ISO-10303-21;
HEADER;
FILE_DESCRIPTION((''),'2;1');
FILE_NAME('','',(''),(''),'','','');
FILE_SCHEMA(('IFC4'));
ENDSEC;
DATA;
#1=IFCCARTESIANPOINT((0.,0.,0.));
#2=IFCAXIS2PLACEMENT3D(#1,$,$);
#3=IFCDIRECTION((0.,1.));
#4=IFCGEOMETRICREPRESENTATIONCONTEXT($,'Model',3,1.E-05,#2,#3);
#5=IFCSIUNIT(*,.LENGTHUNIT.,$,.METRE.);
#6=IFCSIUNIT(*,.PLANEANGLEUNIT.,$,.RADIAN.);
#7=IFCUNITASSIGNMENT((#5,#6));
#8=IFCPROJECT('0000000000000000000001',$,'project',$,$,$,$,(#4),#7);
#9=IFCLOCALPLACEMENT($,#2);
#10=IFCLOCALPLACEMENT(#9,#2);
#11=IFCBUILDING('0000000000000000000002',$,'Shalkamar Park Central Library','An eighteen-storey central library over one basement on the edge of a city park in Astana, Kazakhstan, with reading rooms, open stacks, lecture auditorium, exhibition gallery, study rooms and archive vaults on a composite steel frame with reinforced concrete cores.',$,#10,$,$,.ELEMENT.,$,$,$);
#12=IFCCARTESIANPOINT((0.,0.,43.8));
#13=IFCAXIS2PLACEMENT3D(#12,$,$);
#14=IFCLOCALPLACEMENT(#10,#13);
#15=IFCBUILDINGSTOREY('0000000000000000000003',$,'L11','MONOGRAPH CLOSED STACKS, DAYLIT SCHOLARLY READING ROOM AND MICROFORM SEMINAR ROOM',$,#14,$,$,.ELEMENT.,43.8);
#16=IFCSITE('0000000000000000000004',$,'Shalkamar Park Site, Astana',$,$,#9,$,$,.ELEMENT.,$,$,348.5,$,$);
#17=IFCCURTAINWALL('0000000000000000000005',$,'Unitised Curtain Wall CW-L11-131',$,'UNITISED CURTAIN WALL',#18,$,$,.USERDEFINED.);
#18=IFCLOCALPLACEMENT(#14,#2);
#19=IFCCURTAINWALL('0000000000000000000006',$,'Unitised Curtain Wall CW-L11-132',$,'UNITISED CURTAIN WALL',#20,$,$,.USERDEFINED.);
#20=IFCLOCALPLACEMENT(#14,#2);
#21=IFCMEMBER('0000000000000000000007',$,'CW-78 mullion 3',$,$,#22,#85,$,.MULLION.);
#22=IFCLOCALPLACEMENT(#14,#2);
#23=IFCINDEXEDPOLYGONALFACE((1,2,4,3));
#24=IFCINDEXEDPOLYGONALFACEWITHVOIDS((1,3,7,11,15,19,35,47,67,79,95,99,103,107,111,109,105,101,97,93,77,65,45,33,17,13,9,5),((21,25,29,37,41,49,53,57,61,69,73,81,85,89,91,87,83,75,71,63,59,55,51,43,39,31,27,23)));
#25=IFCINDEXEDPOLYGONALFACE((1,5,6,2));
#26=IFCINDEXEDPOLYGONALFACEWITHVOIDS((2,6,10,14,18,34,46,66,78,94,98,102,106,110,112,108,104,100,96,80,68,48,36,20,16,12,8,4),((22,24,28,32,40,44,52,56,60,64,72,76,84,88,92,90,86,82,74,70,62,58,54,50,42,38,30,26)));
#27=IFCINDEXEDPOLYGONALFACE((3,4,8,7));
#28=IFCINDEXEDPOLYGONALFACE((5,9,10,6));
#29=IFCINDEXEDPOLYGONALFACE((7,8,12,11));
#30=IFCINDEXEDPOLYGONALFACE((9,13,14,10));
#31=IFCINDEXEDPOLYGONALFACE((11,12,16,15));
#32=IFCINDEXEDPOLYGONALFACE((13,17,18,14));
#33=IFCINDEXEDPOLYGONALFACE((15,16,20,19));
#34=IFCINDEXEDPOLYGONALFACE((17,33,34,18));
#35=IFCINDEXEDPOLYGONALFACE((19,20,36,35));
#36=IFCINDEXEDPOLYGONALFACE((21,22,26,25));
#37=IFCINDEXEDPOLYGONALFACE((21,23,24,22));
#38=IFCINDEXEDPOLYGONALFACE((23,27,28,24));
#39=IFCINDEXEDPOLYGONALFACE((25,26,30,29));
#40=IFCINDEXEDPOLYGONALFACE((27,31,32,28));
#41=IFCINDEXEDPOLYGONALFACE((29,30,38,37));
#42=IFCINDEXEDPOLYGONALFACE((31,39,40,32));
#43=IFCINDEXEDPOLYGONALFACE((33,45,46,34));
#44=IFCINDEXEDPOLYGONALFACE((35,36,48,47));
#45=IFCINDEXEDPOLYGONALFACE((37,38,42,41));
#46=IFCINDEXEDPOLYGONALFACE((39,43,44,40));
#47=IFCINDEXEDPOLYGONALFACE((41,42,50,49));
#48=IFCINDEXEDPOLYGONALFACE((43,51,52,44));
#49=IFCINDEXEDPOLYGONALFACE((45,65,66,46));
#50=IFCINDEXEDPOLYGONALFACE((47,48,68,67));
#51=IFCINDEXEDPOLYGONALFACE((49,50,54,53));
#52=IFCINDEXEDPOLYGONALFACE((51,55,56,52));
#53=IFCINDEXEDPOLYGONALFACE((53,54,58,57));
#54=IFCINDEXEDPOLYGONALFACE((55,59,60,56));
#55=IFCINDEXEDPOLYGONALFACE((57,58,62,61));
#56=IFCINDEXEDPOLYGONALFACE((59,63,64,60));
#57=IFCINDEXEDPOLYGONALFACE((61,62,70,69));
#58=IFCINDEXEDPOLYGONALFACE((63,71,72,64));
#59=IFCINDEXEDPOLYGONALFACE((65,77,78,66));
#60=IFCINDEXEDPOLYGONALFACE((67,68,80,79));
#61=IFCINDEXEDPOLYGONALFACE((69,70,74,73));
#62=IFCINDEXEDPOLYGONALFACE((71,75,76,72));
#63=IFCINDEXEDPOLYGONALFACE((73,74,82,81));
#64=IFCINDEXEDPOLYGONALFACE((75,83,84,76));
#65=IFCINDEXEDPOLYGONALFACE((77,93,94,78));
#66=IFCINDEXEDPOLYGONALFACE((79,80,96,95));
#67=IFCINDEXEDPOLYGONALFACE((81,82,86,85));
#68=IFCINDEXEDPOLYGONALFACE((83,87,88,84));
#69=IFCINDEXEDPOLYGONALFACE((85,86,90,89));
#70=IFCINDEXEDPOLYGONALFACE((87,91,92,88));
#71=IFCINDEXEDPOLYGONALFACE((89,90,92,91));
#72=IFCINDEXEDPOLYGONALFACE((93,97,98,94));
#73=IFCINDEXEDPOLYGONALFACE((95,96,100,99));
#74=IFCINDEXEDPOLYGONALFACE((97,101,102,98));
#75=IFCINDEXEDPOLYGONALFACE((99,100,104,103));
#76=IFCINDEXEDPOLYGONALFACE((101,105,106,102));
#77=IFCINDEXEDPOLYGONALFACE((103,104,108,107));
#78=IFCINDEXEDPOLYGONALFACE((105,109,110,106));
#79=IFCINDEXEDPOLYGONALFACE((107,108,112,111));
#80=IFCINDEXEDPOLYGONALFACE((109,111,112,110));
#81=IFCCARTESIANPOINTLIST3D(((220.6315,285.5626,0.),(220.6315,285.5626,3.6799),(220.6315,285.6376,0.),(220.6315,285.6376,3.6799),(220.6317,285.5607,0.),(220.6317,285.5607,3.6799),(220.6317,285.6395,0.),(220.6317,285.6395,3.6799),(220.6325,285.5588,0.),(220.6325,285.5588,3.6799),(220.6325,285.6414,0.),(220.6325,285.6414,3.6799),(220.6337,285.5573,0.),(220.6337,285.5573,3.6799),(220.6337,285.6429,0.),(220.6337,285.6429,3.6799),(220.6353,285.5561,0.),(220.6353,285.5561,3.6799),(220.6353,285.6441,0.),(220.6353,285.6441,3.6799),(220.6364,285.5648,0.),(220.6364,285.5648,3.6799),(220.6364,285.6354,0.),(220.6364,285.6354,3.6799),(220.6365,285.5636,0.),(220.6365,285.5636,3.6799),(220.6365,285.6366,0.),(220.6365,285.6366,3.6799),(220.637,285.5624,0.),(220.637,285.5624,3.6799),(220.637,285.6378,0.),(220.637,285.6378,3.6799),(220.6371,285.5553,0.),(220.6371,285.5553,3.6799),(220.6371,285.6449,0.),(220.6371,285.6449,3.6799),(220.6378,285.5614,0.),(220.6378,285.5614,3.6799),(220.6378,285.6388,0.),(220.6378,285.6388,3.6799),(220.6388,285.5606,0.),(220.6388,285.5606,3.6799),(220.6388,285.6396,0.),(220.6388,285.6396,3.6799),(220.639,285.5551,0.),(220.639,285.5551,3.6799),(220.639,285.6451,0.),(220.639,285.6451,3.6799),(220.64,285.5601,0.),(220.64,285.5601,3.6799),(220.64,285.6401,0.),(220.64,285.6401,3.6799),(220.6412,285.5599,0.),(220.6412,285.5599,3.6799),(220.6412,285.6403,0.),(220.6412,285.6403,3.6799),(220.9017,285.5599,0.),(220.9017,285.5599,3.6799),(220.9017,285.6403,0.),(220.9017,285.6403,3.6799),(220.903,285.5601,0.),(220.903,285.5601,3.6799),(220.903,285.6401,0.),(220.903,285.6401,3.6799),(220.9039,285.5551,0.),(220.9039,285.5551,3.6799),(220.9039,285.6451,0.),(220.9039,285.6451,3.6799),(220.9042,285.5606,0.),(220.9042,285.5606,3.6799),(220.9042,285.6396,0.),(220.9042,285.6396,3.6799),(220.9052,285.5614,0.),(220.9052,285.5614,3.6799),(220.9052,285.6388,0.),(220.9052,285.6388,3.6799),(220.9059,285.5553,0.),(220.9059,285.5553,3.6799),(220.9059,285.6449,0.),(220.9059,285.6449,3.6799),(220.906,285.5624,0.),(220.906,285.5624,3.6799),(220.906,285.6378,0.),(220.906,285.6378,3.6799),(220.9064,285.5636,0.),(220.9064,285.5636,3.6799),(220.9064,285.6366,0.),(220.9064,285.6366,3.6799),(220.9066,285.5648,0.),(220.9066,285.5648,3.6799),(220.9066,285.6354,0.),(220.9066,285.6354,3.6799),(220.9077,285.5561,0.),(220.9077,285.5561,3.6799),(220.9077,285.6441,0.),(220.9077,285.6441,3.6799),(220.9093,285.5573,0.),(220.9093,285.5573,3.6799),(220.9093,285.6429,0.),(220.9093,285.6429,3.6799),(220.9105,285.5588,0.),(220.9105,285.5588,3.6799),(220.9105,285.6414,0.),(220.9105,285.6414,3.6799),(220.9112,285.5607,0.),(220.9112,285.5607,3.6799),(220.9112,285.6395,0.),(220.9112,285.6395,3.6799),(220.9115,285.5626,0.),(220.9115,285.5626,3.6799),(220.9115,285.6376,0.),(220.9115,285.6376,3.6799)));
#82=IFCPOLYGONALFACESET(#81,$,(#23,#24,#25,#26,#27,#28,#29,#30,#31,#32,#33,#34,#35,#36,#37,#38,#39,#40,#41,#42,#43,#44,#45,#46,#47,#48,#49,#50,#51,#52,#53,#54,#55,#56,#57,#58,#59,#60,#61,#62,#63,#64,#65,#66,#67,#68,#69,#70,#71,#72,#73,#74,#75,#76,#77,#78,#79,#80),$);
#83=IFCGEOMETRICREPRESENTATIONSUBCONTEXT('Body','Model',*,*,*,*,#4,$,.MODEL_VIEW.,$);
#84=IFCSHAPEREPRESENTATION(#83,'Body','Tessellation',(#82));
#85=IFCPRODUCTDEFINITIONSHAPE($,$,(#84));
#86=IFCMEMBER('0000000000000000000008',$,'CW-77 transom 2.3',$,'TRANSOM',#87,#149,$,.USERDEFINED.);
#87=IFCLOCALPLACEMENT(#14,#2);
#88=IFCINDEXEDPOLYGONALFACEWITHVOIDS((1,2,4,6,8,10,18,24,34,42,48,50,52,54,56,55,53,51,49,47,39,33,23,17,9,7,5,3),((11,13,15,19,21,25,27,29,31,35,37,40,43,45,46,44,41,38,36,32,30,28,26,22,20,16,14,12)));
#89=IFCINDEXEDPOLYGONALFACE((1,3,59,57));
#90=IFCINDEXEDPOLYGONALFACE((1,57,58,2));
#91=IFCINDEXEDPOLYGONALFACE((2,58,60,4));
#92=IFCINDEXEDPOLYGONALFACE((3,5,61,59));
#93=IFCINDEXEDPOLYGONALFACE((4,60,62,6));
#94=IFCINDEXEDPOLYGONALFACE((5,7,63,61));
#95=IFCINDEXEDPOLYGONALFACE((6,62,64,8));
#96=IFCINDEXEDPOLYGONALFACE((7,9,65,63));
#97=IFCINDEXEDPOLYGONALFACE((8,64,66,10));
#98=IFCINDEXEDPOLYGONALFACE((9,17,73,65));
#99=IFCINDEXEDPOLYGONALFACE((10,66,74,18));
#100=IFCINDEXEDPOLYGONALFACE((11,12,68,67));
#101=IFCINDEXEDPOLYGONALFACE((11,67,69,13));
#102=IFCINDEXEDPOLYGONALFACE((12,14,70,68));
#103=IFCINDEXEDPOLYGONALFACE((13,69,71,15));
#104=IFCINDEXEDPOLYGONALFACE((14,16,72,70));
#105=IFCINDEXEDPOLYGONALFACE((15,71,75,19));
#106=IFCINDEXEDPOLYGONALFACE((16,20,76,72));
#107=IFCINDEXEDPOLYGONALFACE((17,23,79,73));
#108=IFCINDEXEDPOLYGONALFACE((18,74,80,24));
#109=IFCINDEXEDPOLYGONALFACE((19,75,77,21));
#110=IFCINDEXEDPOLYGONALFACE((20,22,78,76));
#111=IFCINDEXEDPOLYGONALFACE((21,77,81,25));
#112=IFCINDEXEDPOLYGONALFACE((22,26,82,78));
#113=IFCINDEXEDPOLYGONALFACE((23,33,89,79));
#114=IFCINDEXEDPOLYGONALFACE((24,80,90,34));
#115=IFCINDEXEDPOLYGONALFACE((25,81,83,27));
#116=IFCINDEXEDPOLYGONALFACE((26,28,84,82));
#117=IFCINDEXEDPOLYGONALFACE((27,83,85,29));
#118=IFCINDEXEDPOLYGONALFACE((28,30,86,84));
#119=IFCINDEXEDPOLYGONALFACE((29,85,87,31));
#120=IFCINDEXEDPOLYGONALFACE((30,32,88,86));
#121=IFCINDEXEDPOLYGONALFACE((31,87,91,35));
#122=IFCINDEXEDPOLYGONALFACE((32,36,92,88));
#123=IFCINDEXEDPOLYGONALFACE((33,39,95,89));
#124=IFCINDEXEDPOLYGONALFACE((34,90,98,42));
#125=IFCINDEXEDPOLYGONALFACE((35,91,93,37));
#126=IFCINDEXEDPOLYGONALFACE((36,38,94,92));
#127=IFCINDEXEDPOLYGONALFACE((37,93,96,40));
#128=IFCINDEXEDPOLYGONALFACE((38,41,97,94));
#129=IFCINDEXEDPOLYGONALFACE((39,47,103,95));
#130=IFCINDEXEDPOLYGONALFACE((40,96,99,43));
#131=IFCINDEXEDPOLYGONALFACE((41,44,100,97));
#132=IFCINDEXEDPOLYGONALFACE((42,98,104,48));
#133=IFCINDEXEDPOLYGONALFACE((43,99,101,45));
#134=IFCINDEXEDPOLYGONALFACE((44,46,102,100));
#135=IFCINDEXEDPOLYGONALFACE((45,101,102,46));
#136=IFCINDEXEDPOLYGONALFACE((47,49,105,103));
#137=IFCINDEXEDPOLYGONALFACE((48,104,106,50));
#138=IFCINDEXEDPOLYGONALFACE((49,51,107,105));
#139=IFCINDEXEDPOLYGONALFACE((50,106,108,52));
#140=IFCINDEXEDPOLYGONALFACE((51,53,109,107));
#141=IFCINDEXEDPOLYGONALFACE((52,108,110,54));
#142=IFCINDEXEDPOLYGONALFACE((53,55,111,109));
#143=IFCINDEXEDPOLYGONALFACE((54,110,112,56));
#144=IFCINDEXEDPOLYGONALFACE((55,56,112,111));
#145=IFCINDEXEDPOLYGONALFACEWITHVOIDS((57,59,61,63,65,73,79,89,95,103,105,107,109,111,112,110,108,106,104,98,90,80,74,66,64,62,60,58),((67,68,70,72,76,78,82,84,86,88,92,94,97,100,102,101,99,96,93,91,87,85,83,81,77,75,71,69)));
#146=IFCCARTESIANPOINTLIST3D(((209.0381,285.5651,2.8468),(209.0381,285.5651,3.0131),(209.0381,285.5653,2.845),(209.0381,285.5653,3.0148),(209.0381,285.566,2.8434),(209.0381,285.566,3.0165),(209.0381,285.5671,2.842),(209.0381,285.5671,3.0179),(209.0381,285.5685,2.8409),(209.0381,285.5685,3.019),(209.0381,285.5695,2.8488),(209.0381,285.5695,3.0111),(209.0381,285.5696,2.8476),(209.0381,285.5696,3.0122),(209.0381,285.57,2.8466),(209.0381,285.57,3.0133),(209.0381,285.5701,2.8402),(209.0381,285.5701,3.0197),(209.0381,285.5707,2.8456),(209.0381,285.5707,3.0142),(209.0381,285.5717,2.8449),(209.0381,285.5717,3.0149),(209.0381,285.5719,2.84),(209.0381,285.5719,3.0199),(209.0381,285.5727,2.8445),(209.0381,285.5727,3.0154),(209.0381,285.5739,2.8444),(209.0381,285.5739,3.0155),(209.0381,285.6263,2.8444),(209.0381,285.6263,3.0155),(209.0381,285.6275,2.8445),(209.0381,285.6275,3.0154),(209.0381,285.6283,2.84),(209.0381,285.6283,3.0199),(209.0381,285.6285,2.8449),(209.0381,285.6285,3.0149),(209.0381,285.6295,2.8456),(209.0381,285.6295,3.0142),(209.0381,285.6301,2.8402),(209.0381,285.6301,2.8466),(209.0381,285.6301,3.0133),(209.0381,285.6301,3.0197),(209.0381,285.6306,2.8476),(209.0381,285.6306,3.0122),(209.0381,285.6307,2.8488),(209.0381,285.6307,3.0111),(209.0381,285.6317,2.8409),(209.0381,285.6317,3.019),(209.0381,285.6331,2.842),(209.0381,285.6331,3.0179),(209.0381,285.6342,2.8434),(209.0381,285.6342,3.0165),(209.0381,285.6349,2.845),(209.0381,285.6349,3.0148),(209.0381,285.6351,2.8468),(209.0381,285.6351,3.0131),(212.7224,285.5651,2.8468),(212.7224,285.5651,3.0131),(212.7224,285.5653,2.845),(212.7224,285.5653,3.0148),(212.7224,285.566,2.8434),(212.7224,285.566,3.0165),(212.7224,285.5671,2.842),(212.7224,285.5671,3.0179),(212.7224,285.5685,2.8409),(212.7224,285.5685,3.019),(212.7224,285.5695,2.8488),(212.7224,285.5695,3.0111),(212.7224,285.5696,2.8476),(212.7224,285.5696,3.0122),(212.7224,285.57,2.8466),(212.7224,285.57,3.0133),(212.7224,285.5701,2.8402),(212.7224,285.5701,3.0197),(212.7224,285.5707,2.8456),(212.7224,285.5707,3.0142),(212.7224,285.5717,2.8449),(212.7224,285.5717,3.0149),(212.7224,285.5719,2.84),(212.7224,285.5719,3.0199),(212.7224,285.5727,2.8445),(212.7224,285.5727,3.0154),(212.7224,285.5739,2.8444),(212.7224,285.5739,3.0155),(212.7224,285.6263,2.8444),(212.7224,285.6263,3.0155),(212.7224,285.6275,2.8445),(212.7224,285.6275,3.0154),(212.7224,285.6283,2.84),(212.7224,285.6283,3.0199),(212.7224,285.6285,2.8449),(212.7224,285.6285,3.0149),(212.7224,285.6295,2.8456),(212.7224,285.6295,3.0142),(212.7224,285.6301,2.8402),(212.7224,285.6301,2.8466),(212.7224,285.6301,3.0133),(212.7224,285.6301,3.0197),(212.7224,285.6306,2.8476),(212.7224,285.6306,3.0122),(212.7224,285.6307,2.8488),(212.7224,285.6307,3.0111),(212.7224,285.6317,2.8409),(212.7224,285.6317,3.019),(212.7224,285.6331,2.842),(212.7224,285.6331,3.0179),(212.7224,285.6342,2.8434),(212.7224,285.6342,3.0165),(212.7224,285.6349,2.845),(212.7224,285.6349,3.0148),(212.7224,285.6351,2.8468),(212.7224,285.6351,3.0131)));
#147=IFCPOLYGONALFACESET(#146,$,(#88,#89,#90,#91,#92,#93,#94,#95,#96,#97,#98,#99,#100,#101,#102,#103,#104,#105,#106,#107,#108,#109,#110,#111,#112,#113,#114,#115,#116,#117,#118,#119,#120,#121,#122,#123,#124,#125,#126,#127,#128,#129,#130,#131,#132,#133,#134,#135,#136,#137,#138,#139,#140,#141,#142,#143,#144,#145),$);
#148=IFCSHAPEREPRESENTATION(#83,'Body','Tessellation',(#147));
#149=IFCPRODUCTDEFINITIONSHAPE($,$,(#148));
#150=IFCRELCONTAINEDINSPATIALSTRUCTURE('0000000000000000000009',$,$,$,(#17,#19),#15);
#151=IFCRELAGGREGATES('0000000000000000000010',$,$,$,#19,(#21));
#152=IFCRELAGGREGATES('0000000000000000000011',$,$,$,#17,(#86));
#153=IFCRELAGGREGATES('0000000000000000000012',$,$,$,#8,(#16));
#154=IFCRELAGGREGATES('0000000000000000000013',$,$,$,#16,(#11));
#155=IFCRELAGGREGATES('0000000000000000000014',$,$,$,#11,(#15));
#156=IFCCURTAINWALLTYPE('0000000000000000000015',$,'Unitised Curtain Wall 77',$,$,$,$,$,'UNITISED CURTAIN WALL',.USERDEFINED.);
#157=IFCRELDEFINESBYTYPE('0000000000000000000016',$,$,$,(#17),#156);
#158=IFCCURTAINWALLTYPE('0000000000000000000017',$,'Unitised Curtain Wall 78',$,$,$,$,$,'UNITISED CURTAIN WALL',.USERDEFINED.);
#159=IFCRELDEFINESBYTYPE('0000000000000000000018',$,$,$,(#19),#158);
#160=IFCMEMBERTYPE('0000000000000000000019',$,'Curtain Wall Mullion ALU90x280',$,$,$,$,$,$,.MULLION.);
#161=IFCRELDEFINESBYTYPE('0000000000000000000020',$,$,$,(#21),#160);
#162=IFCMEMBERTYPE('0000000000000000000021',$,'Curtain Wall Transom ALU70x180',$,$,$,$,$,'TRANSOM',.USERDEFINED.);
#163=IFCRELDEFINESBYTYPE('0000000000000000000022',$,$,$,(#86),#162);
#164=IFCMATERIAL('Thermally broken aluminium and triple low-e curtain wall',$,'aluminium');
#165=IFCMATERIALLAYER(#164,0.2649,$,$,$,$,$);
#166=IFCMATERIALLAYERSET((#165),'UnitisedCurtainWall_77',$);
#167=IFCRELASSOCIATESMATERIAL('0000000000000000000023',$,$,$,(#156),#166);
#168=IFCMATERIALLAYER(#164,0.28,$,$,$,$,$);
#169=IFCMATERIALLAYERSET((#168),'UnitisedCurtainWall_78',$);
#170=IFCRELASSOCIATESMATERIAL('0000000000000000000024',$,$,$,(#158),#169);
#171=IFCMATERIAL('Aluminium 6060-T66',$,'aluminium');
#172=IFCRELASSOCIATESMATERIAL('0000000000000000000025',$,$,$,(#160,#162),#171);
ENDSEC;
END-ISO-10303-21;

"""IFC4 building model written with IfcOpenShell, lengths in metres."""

from ifc_helpers import new_model, si_unit, direction, frame, origin, origin_2d, place, context, subcontext, project, spatial, hollow_rectangle, extrude, material, layer, layer_set, material_profile, profile_set, type_object, element, aggregate, save


model = new_model("IFC4")

# Units and contexts
model_context = context("Model", 3, precision=1e-05, world=origin(), true_north=direction((0.0, 1.0)))
body_context = subcontext(model_context, "Body", "Model", "MODEL_VIEW")
ifc_project = project(units=[si_unit("LENGTHUNIT", "METRE"), si_unit("PLANEANGLEUNIT", "RADIAN")], contexts=[model_context])

# Site, building, storey
site_placement = place(None, origin())
site = spatial("IfcSite", under=ifc_project, at=site_placement, Name="Shalkamar Park Site, Astana", CompositionType="ELEMENT", RefElevation=348.5)
building_placement = place(site_placement, origin())
building = spatial("IfcBuilding", under=site, at=building_placement, Name="Shalkamar Park Central Library", Description="An eighteen-storey central library over one basement on the edge of a city park in Astana, Kazakhstan, with reading rooms, open stacks, lecture auditorium, exhibition gallery, study rooms and archive vaults on a composite steel frame with reinforced concrete cores.", CompositionType="ELEMENT")
storey_placement = place(building_placement, frame((0.0, 0.0, 43.8)))
storey = spatial("IfcBuildingStorey", under=building, at=storey_placement, Name="L11", Description="MONOGRAPH CLOSED STACKS, DAYLIT SCHOLARLY READING ROOM AND MICROFORM SEMINAR ROOM", CompositionType="ELEMENT", Elevation=43.8)

# Curtain wall
ifc_material_1 = material(Name="Thermally broken aluminium and triple low-e curtain wall", Category="aluminium")
ifc_layer_1 = layer(ifc_material_1, 0.2649)
ifc_layer_set_1 = layer_set([ifc_layer_1], Name="UnitisedCurtainWall_77")
curtain_wall_type_1 = type_object("IfcCurtainWallType", Name="Unitised Curtain Wall 77", ElementType="UNITISED CURTAIN WALL", PredefinedType="USERDEFINED", material=ifc_layer_set_1)
curtain_wall_1_placement = place(storey_placement, origin())
curtain_wall_1 = element("IfcCurtainWall", 1, at=curtain_wall_1_placement, inside=storey, type_object=curtain_wall_type_1, Name="Unitised Curtain Wall CW-L11-131", ObjectType="UNITISED CURTAIN WALL", PredefinedType="USERDEFINED")
ifc_material_2 = material(Name="Aluminium 6060-T66", Category="aluminium")

# Curtain wall, member
ifc_layer_2 = layer(ifc_material_1, 0.28)
ifc_layer_set_2 = layer_set([ifc_layer_2], Name="UnitisedCurtainWall_78")
curtain_wall_type_2 = type_object("IfcCurtainWallType", Name="Unitised Curtain Wall 78", ElementType="UNITISED CURTAIN WALL", PredefinedType="USERDEFINED", material=ifc_layer_set_2)
curtain_wall_2_placement = place(storey_placement, origin())
curtain_wall_2 = element("IfcCurtainWall", 2, at=curtain_wall_2_placement, inside=storey, type_object=curtain_wall_type_2, Name="Unitised Curtain Wall CW-L11-132", ObjectType="UNITISED CURTAIN WALL", PredefinedType="USERDEFINED")
ifc_material_profile_1 = material_profile(ifc_material_2, hollow_rectangle(XDim=0.0901, YDim=0.28, WallThickness=0.0049, InnerFilletRadius=0.0049, OuterFilletRadius=0.0076, at=origin_2d()), Name="ALU 90x280x5")
ifc_profile_set_1 = profile_set([ifc_material_profile_1], Name="Aluminium 6060-T66")
member_type_1 = type_object("IfcMemberType", Name="Curtain Wall Mullion ALU90x280", PredefinedType="MULLION", material=ifc_profile_set_1)
member_1_placement = place(storey_placement, frame((220.7715, 285.6001, 0.0), z_axis=(0.0, 0.0, 1.0), x_axis=(0.0, 1.0, 0.0)))
member_1 = element("IfcMember", 3, at=member_1_placement, type_object=member_type_1, Name="CW-78 mullion 3", PredefinedType="MULLION", context=body_context, shape_type="SweptSolid", body=[
    extrude(hollow_rectangle(XDim=0.0901, YDim=0.28, WallThickness=0.0049, InnerFilletRadius=0.0049, OuterFilletRadius=0.0076, at=origin_2d()), origin(), (0.0, 0.0, 1.0), 3.6799),
])

# Member
ifc_material_profile_2 = material_profile(ifc_material_2, hollow_rectangle(XDim=0.0701, YDim=0.1799, WallThickness=0.0044, InnerFilletRadius=0.0044, OuterFilletRadius=0.0068, at=origin_2d()), Name="ALU 70x180x4.5")
ifc_profile_set_2 = profile_set([ifc_material_profile_2], Name="Aluminium 6060-T66")
member_type_2 = type_object("IfcMemberType", Name="Curtain Wall Transom ALU70x180", ElementType="TRANSOM", PredefinedType="USERDEFINED", material=ifc_profile_set_2)
member_2_placement = place(storey_placement, frame((209.0381, 285.6001, 2.9299), z_axis=(1.0, 0.0, 0.0), x_axis=(0.0, 1.0, 0.0)))
member_2 = element("IfcMember", 4, at=member_2_placement, type_object=member_type_2, Name="CW-77 transom 2.3", ObjectType="TRANSOM", PredefinedType="USERDEFINED", context=body_context, shape_type="SweptSolid", body=[
    extrude(hollow_rectangle(XDim=0.0701, YDim=0.1799, WallThickness=0.0044, InnerFilletRadius=0.0044, OuterFilletRadius=0.0068, at=origin_2d()), origin(), (0.0, 0.0, 1.0), 3.6843),
])

aggregate(curtain_wall_2, [member_1])
aggregate(curtain_wall_1, [member_2])

save(model, "model.ifc")
